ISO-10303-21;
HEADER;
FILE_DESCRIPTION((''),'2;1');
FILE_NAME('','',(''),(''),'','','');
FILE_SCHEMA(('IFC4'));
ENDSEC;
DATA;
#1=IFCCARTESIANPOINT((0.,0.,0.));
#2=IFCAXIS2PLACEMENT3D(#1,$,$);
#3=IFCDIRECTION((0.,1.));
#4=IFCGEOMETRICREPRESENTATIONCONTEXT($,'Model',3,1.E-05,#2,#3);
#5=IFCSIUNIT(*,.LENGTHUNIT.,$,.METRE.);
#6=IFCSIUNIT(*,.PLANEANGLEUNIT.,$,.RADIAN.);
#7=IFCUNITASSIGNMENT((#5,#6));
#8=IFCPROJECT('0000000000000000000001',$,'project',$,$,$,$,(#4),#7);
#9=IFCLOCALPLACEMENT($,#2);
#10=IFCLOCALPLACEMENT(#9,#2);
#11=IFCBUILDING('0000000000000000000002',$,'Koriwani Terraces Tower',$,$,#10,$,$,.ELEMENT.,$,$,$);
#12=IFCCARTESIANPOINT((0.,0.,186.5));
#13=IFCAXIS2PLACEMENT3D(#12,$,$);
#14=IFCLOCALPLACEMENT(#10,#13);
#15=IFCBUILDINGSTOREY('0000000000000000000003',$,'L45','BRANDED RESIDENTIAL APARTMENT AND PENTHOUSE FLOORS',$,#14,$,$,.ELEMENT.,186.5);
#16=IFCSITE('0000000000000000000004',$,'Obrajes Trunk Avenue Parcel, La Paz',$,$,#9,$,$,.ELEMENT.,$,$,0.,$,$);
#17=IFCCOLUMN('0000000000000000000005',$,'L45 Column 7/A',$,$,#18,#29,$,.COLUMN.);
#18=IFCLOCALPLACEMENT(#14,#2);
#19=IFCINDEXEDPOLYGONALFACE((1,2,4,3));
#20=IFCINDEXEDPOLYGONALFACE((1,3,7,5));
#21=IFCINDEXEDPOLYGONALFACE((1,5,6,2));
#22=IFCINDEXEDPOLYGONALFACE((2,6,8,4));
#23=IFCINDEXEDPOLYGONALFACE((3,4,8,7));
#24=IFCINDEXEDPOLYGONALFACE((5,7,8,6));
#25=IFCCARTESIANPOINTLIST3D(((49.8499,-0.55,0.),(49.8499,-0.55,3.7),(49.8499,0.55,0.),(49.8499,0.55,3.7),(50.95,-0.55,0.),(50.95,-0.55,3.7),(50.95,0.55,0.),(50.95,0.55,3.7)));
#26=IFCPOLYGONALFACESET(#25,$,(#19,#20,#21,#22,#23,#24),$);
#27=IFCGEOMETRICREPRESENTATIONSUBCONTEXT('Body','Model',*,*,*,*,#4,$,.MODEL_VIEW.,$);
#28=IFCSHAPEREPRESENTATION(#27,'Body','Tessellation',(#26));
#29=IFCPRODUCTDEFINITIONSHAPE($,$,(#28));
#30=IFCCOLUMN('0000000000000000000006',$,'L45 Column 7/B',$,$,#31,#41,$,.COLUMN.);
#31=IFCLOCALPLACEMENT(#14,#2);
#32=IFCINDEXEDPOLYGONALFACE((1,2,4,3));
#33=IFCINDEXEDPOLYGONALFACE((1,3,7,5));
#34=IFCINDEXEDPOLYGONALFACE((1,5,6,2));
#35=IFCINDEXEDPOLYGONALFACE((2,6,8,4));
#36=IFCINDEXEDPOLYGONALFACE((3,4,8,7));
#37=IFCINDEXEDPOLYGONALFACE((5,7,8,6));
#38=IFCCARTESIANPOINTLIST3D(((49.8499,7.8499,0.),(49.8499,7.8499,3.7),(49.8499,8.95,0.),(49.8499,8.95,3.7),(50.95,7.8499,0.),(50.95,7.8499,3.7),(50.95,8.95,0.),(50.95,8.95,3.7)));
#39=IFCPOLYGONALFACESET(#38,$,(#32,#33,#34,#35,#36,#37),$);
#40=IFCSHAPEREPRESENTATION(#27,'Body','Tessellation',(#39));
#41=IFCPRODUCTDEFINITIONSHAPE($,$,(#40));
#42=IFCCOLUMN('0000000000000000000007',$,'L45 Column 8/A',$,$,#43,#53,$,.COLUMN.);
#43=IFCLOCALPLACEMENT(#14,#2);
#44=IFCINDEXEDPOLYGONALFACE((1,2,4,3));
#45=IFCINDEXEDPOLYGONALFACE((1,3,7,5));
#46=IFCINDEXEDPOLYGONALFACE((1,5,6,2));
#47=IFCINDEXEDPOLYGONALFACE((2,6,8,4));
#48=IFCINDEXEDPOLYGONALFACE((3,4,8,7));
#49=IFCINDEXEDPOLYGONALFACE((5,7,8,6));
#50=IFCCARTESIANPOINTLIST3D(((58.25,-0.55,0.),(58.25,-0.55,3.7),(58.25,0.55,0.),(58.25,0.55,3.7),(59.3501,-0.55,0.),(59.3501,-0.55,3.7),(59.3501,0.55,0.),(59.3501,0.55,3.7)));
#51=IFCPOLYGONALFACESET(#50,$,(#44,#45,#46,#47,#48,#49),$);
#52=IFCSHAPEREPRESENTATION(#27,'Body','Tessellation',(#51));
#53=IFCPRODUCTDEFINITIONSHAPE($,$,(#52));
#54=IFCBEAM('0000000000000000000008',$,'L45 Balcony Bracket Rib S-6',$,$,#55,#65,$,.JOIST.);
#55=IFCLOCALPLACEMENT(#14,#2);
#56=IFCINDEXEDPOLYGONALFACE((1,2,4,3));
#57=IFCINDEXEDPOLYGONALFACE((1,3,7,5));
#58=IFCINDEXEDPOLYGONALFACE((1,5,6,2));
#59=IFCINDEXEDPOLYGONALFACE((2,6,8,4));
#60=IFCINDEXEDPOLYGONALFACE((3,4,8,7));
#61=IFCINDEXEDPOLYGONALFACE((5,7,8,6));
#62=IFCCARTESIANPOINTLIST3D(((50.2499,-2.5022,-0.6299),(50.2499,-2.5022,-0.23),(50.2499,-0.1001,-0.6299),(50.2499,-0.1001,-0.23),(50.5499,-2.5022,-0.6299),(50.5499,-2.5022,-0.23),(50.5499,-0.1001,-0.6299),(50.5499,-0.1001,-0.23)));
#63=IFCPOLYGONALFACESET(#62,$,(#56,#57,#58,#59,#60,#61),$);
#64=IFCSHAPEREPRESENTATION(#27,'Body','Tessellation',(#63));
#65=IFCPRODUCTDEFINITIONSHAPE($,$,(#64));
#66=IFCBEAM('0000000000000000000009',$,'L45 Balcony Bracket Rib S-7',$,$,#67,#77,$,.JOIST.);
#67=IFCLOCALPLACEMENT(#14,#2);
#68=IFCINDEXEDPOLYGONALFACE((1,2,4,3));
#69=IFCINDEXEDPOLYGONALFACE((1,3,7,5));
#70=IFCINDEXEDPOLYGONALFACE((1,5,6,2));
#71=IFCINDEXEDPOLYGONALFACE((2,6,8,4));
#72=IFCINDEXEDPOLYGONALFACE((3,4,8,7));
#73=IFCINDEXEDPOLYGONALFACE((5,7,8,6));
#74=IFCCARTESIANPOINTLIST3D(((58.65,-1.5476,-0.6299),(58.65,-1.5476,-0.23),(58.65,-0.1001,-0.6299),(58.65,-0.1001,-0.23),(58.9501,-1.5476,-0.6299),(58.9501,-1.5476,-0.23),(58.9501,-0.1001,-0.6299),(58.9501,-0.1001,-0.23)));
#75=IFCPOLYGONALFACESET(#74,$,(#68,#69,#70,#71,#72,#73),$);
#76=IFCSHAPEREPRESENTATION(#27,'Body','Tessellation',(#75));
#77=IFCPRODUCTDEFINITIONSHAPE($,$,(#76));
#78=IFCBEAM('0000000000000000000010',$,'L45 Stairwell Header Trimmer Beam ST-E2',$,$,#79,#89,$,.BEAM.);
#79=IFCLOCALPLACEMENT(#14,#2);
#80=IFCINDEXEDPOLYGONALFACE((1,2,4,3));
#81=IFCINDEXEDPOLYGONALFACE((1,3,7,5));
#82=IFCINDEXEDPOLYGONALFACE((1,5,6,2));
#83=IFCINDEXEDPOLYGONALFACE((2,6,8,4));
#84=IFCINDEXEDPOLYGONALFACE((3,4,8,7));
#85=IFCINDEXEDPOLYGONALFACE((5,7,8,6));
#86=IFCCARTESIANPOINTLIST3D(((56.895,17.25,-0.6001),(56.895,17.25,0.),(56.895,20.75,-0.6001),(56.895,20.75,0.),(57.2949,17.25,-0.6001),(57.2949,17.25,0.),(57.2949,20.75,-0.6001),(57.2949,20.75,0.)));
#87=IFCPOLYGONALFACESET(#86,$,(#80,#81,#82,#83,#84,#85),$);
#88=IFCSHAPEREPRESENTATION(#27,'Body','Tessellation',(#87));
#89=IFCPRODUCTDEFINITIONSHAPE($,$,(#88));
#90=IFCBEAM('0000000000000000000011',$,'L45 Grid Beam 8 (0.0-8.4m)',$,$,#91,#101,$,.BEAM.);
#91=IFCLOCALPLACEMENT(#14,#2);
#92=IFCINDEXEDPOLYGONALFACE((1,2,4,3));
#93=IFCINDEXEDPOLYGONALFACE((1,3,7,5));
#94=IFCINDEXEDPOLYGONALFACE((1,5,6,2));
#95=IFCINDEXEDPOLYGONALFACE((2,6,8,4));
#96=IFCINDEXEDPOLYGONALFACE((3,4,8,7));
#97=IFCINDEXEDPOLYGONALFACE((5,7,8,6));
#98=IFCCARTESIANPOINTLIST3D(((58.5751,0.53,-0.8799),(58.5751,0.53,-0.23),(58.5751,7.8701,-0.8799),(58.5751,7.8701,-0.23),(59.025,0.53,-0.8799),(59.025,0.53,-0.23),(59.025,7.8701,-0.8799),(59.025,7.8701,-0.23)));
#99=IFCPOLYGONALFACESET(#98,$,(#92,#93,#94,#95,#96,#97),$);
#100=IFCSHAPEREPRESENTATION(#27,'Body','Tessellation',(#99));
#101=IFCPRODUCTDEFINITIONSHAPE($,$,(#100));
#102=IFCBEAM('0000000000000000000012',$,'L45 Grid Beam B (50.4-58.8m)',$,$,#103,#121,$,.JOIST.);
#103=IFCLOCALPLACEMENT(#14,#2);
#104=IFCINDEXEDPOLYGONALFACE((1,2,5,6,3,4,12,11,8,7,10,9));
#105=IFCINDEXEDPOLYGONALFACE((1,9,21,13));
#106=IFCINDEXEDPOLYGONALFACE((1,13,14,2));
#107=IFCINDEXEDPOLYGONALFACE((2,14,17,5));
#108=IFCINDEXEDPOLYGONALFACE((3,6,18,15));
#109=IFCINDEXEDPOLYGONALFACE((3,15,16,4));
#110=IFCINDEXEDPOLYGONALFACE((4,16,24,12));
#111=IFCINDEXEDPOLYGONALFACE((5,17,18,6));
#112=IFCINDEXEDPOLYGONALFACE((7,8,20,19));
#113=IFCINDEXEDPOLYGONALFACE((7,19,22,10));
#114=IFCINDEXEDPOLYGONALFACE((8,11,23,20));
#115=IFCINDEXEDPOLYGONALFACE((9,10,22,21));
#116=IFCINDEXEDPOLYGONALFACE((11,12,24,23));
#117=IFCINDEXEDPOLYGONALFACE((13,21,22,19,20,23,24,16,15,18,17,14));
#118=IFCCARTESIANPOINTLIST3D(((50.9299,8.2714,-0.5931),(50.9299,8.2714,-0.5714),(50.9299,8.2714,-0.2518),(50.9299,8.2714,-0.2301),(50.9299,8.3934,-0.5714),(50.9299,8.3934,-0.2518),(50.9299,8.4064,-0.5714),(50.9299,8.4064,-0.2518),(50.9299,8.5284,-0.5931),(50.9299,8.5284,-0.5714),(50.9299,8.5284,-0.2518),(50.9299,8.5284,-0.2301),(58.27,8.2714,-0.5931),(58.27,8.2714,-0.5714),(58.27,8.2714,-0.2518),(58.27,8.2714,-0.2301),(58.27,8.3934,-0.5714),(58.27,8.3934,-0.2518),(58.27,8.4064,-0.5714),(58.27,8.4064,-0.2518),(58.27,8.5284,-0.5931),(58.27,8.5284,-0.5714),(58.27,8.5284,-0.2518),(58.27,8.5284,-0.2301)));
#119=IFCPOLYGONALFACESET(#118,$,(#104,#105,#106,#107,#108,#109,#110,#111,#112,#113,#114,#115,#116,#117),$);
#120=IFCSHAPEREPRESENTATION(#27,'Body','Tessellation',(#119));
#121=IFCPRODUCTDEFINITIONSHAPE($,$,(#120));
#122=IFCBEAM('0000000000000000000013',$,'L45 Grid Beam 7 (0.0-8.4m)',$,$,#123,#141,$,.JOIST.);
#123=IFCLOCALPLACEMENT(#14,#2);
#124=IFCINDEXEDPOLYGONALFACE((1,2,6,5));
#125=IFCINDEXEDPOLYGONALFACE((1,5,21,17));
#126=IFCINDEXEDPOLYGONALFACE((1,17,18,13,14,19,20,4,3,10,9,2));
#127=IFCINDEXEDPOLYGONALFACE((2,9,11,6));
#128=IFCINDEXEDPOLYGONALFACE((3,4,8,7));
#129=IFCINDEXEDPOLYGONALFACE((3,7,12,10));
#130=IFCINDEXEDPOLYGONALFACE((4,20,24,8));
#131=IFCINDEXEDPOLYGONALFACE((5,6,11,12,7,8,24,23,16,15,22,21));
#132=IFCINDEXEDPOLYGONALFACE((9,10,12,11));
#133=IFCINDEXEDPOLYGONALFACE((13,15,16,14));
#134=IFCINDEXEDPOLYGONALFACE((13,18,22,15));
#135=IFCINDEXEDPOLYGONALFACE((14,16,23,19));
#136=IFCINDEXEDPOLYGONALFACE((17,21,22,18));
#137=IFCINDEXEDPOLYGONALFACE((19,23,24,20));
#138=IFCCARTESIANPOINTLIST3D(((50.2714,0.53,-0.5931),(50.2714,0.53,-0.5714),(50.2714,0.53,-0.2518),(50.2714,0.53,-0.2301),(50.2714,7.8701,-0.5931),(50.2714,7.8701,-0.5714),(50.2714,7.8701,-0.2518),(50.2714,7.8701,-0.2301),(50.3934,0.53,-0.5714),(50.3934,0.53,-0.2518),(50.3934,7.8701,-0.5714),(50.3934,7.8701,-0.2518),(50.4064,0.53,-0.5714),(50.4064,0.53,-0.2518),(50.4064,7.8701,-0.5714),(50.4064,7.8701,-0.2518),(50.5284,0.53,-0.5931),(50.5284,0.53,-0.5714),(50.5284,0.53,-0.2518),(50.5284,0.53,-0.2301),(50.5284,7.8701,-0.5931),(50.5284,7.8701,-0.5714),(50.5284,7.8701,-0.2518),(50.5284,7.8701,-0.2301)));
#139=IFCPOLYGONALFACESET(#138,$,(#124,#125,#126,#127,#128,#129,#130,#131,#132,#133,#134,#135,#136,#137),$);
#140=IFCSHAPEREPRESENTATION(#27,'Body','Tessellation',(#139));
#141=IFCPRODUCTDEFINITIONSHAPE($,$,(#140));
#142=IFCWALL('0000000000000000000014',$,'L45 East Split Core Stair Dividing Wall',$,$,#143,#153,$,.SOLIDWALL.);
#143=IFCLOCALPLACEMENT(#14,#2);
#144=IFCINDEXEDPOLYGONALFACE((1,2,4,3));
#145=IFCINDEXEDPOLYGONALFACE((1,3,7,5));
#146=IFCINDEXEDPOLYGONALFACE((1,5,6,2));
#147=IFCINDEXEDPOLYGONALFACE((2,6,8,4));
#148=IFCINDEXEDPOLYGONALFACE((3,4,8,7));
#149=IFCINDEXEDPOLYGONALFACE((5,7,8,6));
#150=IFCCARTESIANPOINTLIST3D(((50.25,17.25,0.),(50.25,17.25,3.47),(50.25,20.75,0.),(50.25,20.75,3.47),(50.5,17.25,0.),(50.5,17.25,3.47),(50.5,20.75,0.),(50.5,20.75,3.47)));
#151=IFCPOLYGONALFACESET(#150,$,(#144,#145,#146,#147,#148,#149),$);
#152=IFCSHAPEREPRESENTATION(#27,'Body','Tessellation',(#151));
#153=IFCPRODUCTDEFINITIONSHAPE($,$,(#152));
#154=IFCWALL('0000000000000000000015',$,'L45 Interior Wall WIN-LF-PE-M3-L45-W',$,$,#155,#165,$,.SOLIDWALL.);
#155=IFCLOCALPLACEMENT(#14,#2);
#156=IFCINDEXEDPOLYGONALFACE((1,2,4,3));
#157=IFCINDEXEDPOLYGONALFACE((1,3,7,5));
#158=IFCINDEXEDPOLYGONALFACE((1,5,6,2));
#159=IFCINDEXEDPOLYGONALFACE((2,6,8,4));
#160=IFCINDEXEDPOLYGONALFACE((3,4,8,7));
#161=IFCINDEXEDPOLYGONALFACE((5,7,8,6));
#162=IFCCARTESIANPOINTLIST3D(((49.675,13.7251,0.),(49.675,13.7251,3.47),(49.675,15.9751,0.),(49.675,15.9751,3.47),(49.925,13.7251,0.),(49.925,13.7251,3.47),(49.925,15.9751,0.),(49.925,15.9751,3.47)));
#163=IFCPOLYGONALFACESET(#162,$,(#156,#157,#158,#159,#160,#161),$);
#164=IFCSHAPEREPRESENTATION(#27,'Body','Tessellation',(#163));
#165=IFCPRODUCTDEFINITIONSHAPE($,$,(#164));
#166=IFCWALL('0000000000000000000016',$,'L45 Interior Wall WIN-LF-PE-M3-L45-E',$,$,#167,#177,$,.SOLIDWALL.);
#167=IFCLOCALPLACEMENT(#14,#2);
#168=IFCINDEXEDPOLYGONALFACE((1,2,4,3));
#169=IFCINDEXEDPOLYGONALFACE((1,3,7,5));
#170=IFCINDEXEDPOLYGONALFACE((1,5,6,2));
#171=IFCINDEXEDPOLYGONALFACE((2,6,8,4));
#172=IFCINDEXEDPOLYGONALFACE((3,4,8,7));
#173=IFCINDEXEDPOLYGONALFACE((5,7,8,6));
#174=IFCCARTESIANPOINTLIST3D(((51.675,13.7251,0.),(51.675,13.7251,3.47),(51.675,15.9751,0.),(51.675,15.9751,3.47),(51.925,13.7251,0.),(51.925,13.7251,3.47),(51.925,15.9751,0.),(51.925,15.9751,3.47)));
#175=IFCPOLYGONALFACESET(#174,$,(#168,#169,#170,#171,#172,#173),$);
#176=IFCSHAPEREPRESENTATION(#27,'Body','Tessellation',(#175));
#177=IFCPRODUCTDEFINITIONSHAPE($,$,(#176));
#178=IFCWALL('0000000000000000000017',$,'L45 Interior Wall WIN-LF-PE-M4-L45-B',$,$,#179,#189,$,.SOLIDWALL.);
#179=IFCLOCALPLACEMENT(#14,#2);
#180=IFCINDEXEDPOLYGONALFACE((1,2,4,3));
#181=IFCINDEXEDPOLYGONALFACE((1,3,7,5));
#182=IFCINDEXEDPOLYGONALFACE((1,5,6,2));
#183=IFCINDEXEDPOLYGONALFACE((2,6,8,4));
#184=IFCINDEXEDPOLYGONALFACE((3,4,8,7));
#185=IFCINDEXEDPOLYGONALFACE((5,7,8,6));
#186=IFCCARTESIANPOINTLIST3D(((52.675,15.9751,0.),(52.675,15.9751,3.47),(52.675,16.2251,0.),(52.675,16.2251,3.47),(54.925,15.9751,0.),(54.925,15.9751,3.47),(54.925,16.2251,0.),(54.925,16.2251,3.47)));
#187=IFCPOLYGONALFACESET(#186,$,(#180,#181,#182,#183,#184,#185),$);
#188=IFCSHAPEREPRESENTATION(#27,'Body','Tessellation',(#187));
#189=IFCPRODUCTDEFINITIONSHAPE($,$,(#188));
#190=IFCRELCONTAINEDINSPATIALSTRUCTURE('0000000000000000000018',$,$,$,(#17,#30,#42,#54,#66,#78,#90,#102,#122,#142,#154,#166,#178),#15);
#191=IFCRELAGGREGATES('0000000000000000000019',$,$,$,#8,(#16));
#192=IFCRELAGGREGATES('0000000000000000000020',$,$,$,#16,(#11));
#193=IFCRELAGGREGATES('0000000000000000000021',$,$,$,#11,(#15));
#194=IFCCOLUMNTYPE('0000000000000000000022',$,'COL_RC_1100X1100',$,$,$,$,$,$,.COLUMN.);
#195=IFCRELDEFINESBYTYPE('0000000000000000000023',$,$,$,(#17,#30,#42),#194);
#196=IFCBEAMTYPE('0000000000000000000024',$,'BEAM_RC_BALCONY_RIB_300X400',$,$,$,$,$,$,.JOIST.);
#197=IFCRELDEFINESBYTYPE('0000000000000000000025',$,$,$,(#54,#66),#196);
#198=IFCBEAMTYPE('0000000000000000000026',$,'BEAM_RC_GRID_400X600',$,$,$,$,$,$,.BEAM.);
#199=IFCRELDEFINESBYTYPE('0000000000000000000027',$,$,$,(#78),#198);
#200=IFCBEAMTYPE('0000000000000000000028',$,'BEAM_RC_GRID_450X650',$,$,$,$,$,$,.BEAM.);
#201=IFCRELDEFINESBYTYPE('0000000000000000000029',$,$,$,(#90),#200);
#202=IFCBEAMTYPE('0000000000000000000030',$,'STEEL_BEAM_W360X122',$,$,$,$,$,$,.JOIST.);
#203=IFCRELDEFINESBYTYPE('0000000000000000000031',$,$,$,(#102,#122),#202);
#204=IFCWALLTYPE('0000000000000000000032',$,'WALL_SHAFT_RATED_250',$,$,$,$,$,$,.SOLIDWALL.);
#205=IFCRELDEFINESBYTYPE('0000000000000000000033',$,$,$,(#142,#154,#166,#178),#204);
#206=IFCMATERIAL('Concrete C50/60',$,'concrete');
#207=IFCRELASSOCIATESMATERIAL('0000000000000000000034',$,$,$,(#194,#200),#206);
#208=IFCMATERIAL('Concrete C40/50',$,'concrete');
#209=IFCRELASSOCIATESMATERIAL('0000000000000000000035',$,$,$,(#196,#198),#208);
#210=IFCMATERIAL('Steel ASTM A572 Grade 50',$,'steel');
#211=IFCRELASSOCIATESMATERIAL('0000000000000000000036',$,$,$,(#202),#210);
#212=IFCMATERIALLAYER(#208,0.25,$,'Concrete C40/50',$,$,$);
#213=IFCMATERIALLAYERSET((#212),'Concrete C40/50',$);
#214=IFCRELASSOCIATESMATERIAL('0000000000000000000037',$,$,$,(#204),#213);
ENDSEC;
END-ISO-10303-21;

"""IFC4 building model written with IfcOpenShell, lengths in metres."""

from ifc_helpers import new_model, si_unit, direction, frame, frame_2d, origin, origin_2d, place, context, subcontext, project, spatial, rectangle, i_section, extrude, material, layer, layer_set, material_profile, profile_set, type_object, element, save


model = new_model("IFC4")

# Units and contexts
model_context = context("Model", 3, precision=1e-05, world=origin(), true_north=direction((0.0, 1.0)))
body_context = subcontext(model_context, "Body", "Model", "MODEL_VIEW")
ifc_project = project(units=[si_unit("LENGTHUNIT", "METRE"), si_unit("PLANEANGLEUNIT", "RADIAN")], contexts=[model_context])

# Site, building, storey
site_placement = place(None, origin())
site = spatial("IfcSite", under=ifc_project, at=site_placement, Name="Obrajes Trunk Avenue Parcel, La Paz", CompositionType="ELEMENT", RefElevation=0.0)
building_placement = place(site_placement, origin())
building = spatial("IfcBuilding", under=site, at=building_placement, Name="Koriwani Terraces Tower", CompositionType="ELEMENT")
storey_placement = place(building_placement, frame((0.0, 0.0, 186.5)))
storey = spatial("IfcBuildingStorey", under=building, at=storey_placement, Name="L45", Description="BRANDED RESIDENTIAL APARTMENT AND PENTHOUSE FLOORS", CompositionType="ELEMENT", Elevation=186.5)

# Columns
ifc_material_1 = material(Name="Concrete C50/60", Category="concrete")
ifc_material_profile_1 = material_profile(ifc_material_1, rectangle(XDim=1.1001, YDim=1.1001, at=origin_2d()), Name="Concrete C50/60", Category="LoadBearing")
ifc_profile_set_1 = profile_set([ifc_material_profile_1], Name="Concrete C50/60")
column_type = type_object("IfcColumnType", Name="COL_RC_1100X1100", PredefinedType="COLUMN", material=ifc_profile_set_1)
for number, where, z_axis, x_axis, name in (
    (1, (50.3999, 0.0, 0.0), (0.0, 0.0, 1.0), (1.0, 0.0, 0.0), "L45 Column 7/A"),
    (2, (50.3999, 8.3999, 0.0), (0.0, 0.0, 1.0), (1.0, 0.0, 0.0), "L45 Column 7/B"),
    (3, (58.8, 0.0, 0.0), (0.0, 0.0, 1.0), (1.0, 0.0, 0.0), "L45 Column 8/A"),
):
    element("IfcColumn", number, at=place(storey_placement, frame(where, z_axis=z_axis, x_axis=x_axis)), inside=storey, type_object=column_type, Name=name, PredefinedType="COLUMN", context=body_context, shape_type="SweptSolid", body=[
        extrude(rectangle(XDim=1.1001, YDim=1.1001, at=origin_2d()), origin(), (0.0, 0.0, 1.0), 3.7),
    ])

# Beams
ifc_material_2 = material(Name="Concrete C40/50", Category="concrete")
ifc_material_profile_2 = material_profile(ifc_material_2, rectangle(XDim=0.3, YDim=0.3999, at=origin_2d()), Name="Concrete C40/50", Category="LoadBearing")
ifc_profile_set_2 = profile_set([ifc_material_profile_2], Name="Concrete C40/50")
beam_type_1 = type_object("IfcBeamType", Name="BEAM_RC_BALCONY_RIB_300X400", PredefinedType="JOIST", material=ifc_profile_set_2)
beam_1_placement = place(storey_placement, frame((50.3999, -2.5022, -0.4299), z_axis=(0.0, 1.0, 0.0), x_axis=(-1.0, 0.0, 0.0)))
element("IfcBeam", 4, at=beam_1_placement, inside=storey, type_object=beam_type_1, Name="L45 Balcony Bracket Rib S-6", PredefinedType="JOIST", context=body_context, shape_type="SweptSolid", body=[
    extrude(rectangle(XDim=0.3, YDim=0.3999, at=origin_2d()), origin(), (0.0, 0.0, 1.0), 2.4021),
])
beam_2_placement = place(storey_placement, frame((58.8, -1.5476, -0.4299), z_axis=(0.0, 1.0, 0.0), x_axis=(-1.0, 0.0, 0.0)))
element("IfcBeam", 5, at=beam_2_placement, inside=storey, type_object=beam_type_1, Name="L45 Balcony Bracket Rib S-7", PredefinedType="JOIST", context=body_context, shape_type="SweptSolid", body=[
    extrude(rectangle(XDim=0.3, YDim=0.3999, at=origin_2d()), origin(), (0.0, 0.0, 1.0), 1.4475),
])
ifc_material_profile_3 = material_profile(ifc_material_2, rectangle(XDim=0.3999, YDim=0.6001, at=origin_2d()), Name="Concrete C40/50", Category="LoadBearing")
ifc_profile_set_3 = profile_set([ifc_material_profile_3], Name="Concrete C40/50")
beam_type_2 = type_object("IfcBeamType", Name="BEAM_RC_GRID_400X600", PredefinedType="BEAM", material=ifc_profile_set_3)
beam_3_placement = place(storey_placement, frame((57.095, 17.25, -0.3), z_axis=(0.0, 1.0, 0.0), x_axis=(-1.0, 0.0, 0.0)))
element("IfcBeam", 6, at=beam_3_placement, inside=storey, type_object=beam_type_2, Name="L45 Stairwell Header Trimmer Beam ST-E2", PredefinedType="BEAM", context=body_context, shape_type="SweptSolid", body=[
    extrude(rectangle(XDim=0.3999, YDim=0.6001, at=origin_2d()), origin(), (0.0, 0.0, 1.0), 3.5),
])
ifc_material_profile_4 = material_profile(ifc_material_1, rectangle(XDim=0.45, YDim=0.6499, at=origin_2d()), Name="Concrete C50/60", Category="LoadBearing")
ifc_profile_set_4 = profile_set([ifc_material_profile_4], Name="Concrete C50/60")
beam_type_3 = type_object("IfcBeamType", Name="BEAM_RC_GRID_450X650", PredefinedType="BEAM", material=ifc_profile_set_4)
beam_4_placement = place(storey_placement, frame((58.8, 0.53, -0.5549), z_axis=(0.0, 1.0, 0.0), x_axis=(-1.0, 0.0, 0.0)))
element("IfcBeam", 7, at=beam_4_placement, inside=storey, type_object=beam_type_3, Name="L45 Grid Beam 8 (0.0-8.4m)", PredefinedType="BEAM", context=body_context, shape_type="SweptSolid", body=[
    extrude(rectangle(XDim=0.45, YDim=0.6499, at=origin_2d()), origin(), (0.0, 0.0, 1.0), 7.3401),
])
ifc_material_3 = material(Name="Steel ASTM A572 Grade 50", Category="steel")
ifc_material_profile_5 = material_profile(ifc_material_3, i_section(OverallWidth=0.2571, OverallDepth=0.363, WebThickness=0.0129, FlangeThickness=0.0217, at=origin_2d()), Name="Steel ASTM A572 Grade 50", Category="LoadBearing")
ifc_profile_set_5 = profile_set([ifc_material_profile_5], Name="Steel ASTM A572 Grade 50")
beam_type_4 = type_object("IfcBeamType", Name="STEEL_BEAM_W360X122", PredefinedType="JOIST", material=ifc_profile_set_5)
for number, where, z_axis, x_axis, name in (
    (8, (50.9299, 8.3999, -0.4116), (1.0, 0.0, 0.0), (0.0, 1.0, 0.0), "L45 Grid Beam B (50.4-58.8m)"),
    (9, (50.3999, 0.53, -0.4116), (0.0, 1.0, 0.0), (-1.0, 0.0, 0.0), "L45 Grid Beam 7 (0.0-8.4m)"),
):
    element("IfcBeam", number, at=place(storey_placement, frame(where, z_axis=z_axis, x_axis=x_axis)), inside=storey, type_object=beam_type_4, Name=name, PredefinedType="JOIST", context=body_context, shape_type="SweptSolid", body=[
        extrude(i_section(OverallWidth=0.2571, OverallDepth=0.363, WebThickness=0.0129, FlangeThickness=0.0217, at=origin_2d()), origin(), (0.0, 0.0, 1.0), 7.3401),
    ])

# Wall
ifc_layer = layer(ifc_material_2, 0.25, Name="Concrete C40/50")
ifc_layer_set = layer_set([ifc_layer], Name="Concrete C40/50")
wall_type = type_object("IfcWallType", Name="WALL_SHAFT_RATED_250", PredefinedType="SOLIDWALL", material=ifc_layer_set)
wall_1_placement = place(storey_placement, frame((50.375, 17.25, 0.0), z_axis=(0.0, 0.0, 1.0), x_axis=(0.0, 1.0, 0.0)))
element("IfcWall", 10, at=wall_1_placement, inside=storey, type_object=wall_type, Name="L45 East Split Core Stair Dividing Wall", PredefinedType="SOLIDWALL", context=body_context, shape_type="SweptSolid", body=[
    extrude(rectangle(XDim=3.5, YDim=0.25, at=frame_2d((1.75, 0.0))), origin(), (0.0, 0.0, 1.0), 3.47),
])

# Walls
for number, where, z_axis, x_axis, name in (
    (11, (49.8, 13.7251, 0.0), (0.0, 0.0, 1.0), (0.0, 1.0, 0.0), "L45 Interior Wall WIN-LF-PE-M3-L45-W"),
    (12, (51.8, 13.7251, 0.0), (0.0, 0.0, 1.0), (0.0, 1.0, 0.0), "L45 Interior Wall WIN-LF-PE-M3-L45-E"),
):
    element("IfcWall", number, at=place(storey_placement, frame(where, z_axis=z_axis, x_axis=x_axis)), inside=storey, type_object=wall_type, Name=name, PredefinedType="SOLIDWALL", context=body_context, shape_type="SweptSolid", body=[
        extrude(rectangle(XDim=2.25, YDim=0.25, at=frame_2d((1.125, 0.0))), origin(), (0.0, 0.0, 1.0), 3.47),
    ])

# Wall
for number, where, z_axis, x_axis, name in (
    (13, (52.675, 16.1001, 0.0), (0.0, 0.0, 1.0), (1.0, 0.0, 0.0), "L45 Interior Wall WIN-LF-PE-M4-L45-B"),
):
    element("IfcWall", number, at=place(storey_placement, frame(where, z_axis=z_axis, x_axis=x_axis)), inside=storey, type_object=wall_type, Name=name, PredefinedType="SOLIDWALL", context=body_context, shape_type="SweptSolid", body=[
        extrude(rectangle(XDim=2.25, YDim=0.25, at=frame_2d((1.125, 0.0))), origin(), (0.0, 0.0, 1.0), 3.47),
    ])

save(model, "model.ifc")
